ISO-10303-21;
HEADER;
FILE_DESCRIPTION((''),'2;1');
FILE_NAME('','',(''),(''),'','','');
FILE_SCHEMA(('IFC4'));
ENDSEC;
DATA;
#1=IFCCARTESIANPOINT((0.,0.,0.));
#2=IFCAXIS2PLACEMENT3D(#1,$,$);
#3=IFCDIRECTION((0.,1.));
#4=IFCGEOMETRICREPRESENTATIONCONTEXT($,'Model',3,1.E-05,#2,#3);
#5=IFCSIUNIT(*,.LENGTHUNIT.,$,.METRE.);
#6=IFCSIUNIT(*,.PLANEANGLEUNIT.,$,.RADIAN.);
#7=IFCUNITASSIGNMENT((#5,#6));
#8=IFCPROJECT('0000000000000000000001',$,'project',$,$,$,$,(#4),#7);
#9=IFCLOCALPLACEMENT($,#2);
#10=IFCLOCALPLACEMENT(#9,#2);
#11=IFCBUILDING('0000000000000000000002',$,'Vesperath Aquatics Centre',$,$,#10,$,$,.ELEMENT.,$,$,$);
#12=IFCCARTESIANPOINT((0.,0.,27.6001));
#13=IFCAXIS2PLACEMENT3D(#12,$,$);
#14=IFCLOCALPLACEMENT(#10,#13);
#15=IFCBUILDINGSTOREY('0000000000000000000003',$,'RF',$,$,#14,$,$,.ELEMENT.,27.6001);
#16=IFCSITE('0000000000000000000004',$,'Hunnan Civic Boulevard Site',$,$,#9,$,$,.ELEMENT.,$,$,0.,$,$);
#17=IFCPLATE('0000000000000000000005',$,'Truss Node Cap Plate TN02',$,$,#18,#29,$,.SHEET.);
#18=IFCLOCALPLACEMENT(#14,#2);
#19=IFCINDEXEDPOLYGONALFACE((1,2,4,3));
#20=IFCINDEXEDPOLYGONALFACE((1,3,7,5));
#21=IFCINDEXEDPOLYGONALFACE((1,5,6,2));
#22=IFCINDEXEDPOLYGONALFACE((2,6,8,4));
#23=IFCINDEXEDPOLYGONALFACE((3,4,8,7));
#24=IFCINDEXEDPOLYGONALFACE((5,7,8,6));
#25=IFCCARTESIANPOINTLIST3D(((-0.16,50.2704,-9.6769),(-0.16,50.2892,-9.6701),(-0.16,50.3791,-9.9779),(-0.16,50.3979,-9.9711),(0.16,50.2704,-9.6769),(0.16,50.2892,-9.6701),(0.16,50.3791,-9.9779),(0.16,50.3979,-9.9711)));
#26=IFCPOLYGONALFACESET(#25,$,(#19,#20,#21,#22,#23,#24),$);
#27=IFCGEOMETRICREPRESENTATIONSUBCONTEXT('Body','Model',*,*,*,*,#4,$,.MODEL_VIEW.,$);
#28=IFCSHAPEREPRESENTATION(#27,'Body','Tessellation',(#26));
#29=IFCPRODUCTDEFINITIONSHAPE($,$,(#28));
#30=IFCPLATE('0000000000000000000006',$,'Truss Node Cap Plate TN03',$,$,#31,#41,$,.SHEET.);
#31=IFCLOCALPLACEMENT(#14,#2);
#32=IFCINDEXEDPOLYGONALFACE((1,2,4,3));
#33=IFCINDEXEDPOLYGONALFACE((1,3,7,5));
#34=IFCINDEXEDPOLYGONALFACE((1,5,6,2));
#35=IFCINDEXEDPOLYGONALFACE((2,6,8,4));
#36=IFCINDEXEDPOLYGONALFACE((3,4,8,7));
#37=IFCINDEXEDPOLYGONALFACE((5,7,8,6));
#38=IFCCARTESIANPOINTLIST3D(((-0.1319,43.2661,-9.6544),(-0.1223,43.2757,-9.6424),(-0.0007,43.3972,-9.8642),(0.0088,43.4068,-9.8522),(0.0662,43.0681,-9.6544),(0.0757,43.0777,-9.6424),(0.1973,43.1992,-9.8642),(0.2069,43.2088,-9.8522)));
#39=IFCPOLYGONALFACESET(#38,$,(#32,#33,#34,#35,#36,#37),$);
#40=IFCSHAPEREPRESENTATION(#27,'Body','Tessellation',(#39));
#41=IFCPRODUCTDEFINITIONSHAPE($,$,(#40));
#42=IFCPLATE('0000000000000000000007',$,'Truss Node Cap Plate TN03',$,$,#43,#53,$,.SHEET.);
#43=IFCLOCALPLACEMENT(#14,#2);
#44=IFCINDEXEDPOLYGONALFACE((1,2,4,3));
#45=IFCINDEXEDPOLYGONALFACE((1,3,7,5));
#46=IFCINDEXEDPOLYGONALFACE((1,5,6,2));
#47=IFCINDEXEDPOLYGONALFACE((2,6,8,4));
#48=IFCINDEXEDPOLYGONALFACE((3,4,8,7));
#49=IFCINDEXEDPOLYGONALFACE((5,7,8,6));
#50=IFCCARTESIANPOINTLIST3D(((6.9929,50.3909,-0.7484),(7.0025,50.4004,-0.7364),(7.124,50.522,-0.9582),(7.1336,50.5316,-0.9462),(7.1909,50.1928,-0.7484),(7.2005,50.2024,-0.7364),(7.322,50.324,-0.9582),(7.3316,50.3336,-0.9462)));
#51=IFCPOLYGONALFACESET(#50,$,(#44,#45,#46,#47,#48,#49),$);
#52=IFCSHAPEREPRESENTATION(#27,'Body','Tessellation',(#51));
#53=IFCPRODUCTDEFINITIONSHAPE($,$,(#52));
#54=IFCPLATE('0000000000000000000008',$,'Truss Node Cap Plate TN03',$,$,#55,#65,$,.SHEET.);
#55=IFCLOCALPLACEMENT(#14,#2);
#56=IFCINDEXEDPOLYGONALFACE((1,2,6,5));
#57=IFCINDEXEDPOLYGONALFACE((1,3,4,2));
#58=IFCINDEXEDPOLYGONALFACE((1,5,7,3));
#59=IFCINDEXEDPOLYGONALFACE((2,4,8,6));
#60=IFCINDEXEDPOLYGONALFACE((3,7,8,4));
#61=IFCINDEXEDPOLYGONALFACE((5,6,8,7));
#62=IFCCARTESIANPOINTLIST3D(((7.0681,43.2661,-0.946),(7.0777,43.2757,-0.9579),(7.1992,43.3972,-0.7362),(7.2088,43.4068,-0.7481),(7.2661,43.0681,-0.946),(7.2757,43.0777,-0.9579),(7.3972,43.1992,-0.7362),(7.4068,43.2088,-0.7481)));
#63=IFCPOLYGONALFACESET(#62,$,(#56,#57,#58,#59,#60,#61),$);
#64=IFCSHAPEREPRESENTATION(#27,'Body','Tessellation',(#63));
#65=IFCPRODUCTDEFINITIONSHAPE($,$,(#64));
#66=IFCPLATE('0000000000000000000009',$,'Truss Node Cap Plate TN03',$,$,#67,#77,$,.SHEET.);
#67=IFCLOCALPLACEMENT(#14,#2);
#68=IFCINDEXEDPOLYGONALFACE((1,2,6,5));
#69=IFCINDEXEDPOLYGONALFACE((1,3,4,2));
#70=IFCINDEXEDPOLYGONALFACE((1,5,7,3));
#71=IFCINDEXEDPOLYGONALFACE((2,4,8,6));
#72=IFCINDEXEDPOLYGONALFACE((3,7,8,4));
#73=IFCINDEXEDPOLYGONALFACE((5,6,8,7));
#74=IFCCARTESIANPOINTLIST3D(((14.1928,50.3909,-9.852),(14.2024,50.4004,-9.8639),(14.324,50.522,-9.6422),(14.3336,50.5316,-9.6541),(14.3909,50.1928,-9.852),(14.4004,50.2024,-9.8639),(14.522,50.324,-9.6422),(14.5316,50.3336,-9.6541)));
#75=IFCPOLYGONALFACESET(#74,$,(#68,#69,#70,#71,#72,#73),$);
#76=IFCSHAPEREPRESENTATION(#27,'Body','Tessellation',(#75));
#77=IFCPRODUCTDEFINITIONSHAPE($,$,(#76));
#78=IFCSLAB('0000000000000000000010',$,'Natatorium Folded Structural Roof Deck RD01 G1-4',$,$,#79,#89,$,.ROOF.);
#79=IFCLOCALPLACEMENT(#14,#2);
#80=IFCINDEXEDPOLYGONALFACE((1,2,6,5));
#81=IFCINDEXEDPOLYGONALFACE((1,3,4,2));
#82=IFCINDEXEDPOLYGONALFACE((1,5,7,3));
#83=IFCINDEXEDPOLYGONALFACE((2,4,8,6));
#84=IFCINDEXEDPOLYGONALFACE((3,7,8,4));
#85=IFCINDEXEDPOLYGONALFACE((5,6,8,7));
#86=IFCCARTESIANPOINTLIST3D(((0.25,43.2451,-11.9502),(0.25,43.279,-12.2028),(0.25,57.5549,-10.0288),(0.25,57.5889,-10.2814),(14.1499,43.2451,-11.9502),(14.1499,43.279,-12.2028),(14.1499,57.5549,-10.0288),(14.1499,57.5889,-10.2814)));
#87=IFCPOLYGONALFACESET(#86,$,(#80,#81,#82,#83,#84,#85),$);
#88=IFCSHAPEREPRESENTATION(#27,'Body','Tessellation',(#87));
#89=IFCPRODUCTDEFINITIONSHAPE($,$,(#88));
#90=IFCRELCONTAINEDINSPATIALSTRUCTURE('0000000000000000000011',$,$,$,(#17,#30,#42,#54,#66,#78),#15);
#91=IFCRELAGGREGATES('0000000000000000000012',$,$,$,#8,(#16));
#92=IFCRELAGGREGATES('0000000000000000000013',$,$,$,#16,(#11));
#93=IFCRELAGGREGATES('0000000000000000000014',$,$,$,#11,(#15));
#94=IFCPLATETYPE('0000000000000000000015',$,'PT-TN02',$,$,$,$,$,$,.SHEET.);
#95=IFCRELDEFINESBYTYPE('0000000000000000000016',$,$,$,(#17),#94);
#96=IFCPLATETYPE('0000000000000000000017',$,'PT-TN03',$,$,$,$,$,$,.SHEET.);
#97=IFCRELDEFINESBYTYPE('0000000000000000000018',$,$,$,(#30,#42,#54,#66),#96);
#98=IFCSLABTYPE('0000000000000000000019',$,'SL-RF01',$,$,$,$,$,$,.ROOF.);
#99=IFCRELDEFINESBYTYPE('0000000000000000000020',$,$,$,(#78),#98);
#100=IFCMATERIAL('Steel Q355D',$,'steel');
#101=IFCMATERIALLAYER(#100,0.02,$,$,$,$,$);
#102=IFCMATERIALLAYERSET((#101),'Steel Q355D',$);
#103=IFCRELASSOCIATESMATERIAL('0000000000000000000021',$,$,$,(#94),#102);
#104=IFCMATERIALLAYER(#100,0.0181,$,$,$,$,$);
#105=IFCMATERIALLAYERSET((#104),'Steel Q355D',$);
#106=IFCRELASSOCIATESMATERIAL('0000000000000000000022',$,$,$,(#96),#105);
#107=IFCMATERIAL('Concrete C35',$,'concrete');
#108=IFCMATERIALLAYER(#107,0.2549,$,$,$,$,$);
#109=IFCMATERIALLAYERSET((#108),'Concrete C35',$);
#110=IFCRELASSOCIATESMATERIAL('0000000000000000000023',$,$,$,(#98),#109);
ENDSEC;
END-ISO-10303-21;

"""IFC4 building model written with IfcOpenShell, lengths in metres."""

from ifc_helpers import new_model, si_unit, direction, frame, origin, origin_2d, place, context, subcontext, project, spatial, polyline, rectangle, outline, extrude, material, layer, layer_set, type_object, element, save


model = new_model("IFC4")

# Units and contexts
model_context = context("Model", 3, precision=1e-05, world=origin(), true_north=direction((0.0, 1.0)))
body_context = subcontext(model_context, "Body", "Model", "MODEL_VIEW")
ifc_project = project(units=[si_unit("LENGTHUNIT", "METRE"), si_unit("PLANEANGLEUNIT", "RADIAN")], contexts=[model_context])

# Site, building, storey
site_placement = place(None, origin())
site = spatial("IfcSite", under=ifc_project, at=site_placement, Name="Hunnan Civic Boulevard Site", CompositionType="ELEMENT", RefElevation=0.0)
building_placement = place(site_placement, origin())
building = spatial("IfcBuilding", under=site, at=building_placement, Name="Vesperath Aquatics Centre", CompositionType="ELEMENT")
storey_placement = place(building_placement, frame((0.0, 0.0, 27.6001)))
storey = spatial("IfcBuildingStorey", under=building, at=storey_placement, Name="RF", CompositionType="ELEMENT", Elevation=27.6001)

# Shared definitions
ifc_material_1 = material(Name="Steel Q355D", Category="steel")

# Plates
ifc_layer_1 = layer(ifc_material_1, 0.02)
ifc_layer_set_1 = layer_set([ifc_layer_1], Name="Steel Q355D")
plate_type_1 = type_object("IfcPlateType", Name="PT-TN02", PredefinedType="SHEET", material=ifc_layer_set_1)
for number, where, z_axis, x_axis, name in (
    (1, (0.0, 50.3247, -9.8274), (0.0, 0.940554, 0.339644), (-1.0, 0.0, 0.0), "Truss Node Cap Plate TN02"),
):
    element("IfcPlate", number, at=place(storey_placement, frame(where, z_axis=z_axis, x_axis=x_axis)), inside=storey, type_object=plate_type_1, Name=name, PredefinedType="SHEET", context=body_context, shape_type="SweptSolid", body=[
        extrude(rectangle(XDim=0.3201, YDim=0.3201, at=origin_2d()), origin(), (0.0, 0.0, 1.0), 0.02),
    ])
ifc_layer_2 = layer(ifc_material_1, 0.0181)
ifc_layer_set_2 = layer_set([ifc_layer_2], Name="Steel Q355D")
plate_type_2 = type_object("IfcPlateType", Name="PT-TN03", PredefinedType="SHEET", material=ifc_layer_set_2)
for number, where, z_axis, x_axis, name in (
    (2, (0.0327, 43.2327, -9.7593), (0.529813, 0.529813, 0.662266), (-0.707107, 0.707107, 0.0), "Truss Node Cap Plate TN03"),
    (3, (7.1575, 50.3574, -0.8533), (0.529813, 0.529813, 0.662266), (-0.707107, 0.707107, 0.0), "Truss Node Cap Plate TN03"),
    (4, (7.2327, 43.2327, -0.8411), (0.529813, 0.529813, -0.662266), (-0.707107, 0.707107, 0.0), "Truss Node Cap Plate TN03"),
    (5, (14.3574, 50.3574, -9.7471), (0.529813, 0.529813, -0.662266), (-0.707107, 0.707107, 0.0), "Truss Node Cap Plate TN03"),
):
    element("IfcPlate", number, at=place(storey_placement, frame(where, z_axis=z_axis, x_axis=x_axis)), inside=storey, type_object=plate_type_2, Name=name, PredefinedType="SHEET", context=body_context, shape_type="SweptSolid", body=[
        extrude(rectangle(XDim=0.28, YDim=0.28, at=origin_2d()), origin(), (0.0, 0.0, 1.0), 0.0181),
    ])

# Slab
ifc_material_2 = material(Name="Concrete C35", Category="concrete")
ifc_layer_3 = layer(ifc_material_2, 0.2549)
ifc_layer_set_3 = layer_set([ifc_layer_3], Name="Concrete C35")
slab_type = type_object("IfcSlabType", Name="SL-RF01", PredefinedType="ROOF", material=ifc_layer_set_3)
slab_placement = place(storey_placement, frame((0.25, 43.2451, -11.9502), z_axis=(0.0, -0.133076, 0.991106), x_axis=(1.0, 0.0, 0.0)))
element("IfcSlab", 6, at=slab_placement, inside=storey, type_object=slab_type, Name="Natatorium Folded Structural Roof Deck RD01 G1-4", PredefinedType="ROOF", context=body_context, shape_type="SweptSolid", body=[
    extrude(outline(polyline([(0.0, 0.0), (13.8999, 0.0), (13.8999, 14.4382), (0.0, 14.4382), (0.0, 0.0)])), origin(), (0.0, 0.0, -1.0), 0.2549),
])

save(model, "model.ifc")
